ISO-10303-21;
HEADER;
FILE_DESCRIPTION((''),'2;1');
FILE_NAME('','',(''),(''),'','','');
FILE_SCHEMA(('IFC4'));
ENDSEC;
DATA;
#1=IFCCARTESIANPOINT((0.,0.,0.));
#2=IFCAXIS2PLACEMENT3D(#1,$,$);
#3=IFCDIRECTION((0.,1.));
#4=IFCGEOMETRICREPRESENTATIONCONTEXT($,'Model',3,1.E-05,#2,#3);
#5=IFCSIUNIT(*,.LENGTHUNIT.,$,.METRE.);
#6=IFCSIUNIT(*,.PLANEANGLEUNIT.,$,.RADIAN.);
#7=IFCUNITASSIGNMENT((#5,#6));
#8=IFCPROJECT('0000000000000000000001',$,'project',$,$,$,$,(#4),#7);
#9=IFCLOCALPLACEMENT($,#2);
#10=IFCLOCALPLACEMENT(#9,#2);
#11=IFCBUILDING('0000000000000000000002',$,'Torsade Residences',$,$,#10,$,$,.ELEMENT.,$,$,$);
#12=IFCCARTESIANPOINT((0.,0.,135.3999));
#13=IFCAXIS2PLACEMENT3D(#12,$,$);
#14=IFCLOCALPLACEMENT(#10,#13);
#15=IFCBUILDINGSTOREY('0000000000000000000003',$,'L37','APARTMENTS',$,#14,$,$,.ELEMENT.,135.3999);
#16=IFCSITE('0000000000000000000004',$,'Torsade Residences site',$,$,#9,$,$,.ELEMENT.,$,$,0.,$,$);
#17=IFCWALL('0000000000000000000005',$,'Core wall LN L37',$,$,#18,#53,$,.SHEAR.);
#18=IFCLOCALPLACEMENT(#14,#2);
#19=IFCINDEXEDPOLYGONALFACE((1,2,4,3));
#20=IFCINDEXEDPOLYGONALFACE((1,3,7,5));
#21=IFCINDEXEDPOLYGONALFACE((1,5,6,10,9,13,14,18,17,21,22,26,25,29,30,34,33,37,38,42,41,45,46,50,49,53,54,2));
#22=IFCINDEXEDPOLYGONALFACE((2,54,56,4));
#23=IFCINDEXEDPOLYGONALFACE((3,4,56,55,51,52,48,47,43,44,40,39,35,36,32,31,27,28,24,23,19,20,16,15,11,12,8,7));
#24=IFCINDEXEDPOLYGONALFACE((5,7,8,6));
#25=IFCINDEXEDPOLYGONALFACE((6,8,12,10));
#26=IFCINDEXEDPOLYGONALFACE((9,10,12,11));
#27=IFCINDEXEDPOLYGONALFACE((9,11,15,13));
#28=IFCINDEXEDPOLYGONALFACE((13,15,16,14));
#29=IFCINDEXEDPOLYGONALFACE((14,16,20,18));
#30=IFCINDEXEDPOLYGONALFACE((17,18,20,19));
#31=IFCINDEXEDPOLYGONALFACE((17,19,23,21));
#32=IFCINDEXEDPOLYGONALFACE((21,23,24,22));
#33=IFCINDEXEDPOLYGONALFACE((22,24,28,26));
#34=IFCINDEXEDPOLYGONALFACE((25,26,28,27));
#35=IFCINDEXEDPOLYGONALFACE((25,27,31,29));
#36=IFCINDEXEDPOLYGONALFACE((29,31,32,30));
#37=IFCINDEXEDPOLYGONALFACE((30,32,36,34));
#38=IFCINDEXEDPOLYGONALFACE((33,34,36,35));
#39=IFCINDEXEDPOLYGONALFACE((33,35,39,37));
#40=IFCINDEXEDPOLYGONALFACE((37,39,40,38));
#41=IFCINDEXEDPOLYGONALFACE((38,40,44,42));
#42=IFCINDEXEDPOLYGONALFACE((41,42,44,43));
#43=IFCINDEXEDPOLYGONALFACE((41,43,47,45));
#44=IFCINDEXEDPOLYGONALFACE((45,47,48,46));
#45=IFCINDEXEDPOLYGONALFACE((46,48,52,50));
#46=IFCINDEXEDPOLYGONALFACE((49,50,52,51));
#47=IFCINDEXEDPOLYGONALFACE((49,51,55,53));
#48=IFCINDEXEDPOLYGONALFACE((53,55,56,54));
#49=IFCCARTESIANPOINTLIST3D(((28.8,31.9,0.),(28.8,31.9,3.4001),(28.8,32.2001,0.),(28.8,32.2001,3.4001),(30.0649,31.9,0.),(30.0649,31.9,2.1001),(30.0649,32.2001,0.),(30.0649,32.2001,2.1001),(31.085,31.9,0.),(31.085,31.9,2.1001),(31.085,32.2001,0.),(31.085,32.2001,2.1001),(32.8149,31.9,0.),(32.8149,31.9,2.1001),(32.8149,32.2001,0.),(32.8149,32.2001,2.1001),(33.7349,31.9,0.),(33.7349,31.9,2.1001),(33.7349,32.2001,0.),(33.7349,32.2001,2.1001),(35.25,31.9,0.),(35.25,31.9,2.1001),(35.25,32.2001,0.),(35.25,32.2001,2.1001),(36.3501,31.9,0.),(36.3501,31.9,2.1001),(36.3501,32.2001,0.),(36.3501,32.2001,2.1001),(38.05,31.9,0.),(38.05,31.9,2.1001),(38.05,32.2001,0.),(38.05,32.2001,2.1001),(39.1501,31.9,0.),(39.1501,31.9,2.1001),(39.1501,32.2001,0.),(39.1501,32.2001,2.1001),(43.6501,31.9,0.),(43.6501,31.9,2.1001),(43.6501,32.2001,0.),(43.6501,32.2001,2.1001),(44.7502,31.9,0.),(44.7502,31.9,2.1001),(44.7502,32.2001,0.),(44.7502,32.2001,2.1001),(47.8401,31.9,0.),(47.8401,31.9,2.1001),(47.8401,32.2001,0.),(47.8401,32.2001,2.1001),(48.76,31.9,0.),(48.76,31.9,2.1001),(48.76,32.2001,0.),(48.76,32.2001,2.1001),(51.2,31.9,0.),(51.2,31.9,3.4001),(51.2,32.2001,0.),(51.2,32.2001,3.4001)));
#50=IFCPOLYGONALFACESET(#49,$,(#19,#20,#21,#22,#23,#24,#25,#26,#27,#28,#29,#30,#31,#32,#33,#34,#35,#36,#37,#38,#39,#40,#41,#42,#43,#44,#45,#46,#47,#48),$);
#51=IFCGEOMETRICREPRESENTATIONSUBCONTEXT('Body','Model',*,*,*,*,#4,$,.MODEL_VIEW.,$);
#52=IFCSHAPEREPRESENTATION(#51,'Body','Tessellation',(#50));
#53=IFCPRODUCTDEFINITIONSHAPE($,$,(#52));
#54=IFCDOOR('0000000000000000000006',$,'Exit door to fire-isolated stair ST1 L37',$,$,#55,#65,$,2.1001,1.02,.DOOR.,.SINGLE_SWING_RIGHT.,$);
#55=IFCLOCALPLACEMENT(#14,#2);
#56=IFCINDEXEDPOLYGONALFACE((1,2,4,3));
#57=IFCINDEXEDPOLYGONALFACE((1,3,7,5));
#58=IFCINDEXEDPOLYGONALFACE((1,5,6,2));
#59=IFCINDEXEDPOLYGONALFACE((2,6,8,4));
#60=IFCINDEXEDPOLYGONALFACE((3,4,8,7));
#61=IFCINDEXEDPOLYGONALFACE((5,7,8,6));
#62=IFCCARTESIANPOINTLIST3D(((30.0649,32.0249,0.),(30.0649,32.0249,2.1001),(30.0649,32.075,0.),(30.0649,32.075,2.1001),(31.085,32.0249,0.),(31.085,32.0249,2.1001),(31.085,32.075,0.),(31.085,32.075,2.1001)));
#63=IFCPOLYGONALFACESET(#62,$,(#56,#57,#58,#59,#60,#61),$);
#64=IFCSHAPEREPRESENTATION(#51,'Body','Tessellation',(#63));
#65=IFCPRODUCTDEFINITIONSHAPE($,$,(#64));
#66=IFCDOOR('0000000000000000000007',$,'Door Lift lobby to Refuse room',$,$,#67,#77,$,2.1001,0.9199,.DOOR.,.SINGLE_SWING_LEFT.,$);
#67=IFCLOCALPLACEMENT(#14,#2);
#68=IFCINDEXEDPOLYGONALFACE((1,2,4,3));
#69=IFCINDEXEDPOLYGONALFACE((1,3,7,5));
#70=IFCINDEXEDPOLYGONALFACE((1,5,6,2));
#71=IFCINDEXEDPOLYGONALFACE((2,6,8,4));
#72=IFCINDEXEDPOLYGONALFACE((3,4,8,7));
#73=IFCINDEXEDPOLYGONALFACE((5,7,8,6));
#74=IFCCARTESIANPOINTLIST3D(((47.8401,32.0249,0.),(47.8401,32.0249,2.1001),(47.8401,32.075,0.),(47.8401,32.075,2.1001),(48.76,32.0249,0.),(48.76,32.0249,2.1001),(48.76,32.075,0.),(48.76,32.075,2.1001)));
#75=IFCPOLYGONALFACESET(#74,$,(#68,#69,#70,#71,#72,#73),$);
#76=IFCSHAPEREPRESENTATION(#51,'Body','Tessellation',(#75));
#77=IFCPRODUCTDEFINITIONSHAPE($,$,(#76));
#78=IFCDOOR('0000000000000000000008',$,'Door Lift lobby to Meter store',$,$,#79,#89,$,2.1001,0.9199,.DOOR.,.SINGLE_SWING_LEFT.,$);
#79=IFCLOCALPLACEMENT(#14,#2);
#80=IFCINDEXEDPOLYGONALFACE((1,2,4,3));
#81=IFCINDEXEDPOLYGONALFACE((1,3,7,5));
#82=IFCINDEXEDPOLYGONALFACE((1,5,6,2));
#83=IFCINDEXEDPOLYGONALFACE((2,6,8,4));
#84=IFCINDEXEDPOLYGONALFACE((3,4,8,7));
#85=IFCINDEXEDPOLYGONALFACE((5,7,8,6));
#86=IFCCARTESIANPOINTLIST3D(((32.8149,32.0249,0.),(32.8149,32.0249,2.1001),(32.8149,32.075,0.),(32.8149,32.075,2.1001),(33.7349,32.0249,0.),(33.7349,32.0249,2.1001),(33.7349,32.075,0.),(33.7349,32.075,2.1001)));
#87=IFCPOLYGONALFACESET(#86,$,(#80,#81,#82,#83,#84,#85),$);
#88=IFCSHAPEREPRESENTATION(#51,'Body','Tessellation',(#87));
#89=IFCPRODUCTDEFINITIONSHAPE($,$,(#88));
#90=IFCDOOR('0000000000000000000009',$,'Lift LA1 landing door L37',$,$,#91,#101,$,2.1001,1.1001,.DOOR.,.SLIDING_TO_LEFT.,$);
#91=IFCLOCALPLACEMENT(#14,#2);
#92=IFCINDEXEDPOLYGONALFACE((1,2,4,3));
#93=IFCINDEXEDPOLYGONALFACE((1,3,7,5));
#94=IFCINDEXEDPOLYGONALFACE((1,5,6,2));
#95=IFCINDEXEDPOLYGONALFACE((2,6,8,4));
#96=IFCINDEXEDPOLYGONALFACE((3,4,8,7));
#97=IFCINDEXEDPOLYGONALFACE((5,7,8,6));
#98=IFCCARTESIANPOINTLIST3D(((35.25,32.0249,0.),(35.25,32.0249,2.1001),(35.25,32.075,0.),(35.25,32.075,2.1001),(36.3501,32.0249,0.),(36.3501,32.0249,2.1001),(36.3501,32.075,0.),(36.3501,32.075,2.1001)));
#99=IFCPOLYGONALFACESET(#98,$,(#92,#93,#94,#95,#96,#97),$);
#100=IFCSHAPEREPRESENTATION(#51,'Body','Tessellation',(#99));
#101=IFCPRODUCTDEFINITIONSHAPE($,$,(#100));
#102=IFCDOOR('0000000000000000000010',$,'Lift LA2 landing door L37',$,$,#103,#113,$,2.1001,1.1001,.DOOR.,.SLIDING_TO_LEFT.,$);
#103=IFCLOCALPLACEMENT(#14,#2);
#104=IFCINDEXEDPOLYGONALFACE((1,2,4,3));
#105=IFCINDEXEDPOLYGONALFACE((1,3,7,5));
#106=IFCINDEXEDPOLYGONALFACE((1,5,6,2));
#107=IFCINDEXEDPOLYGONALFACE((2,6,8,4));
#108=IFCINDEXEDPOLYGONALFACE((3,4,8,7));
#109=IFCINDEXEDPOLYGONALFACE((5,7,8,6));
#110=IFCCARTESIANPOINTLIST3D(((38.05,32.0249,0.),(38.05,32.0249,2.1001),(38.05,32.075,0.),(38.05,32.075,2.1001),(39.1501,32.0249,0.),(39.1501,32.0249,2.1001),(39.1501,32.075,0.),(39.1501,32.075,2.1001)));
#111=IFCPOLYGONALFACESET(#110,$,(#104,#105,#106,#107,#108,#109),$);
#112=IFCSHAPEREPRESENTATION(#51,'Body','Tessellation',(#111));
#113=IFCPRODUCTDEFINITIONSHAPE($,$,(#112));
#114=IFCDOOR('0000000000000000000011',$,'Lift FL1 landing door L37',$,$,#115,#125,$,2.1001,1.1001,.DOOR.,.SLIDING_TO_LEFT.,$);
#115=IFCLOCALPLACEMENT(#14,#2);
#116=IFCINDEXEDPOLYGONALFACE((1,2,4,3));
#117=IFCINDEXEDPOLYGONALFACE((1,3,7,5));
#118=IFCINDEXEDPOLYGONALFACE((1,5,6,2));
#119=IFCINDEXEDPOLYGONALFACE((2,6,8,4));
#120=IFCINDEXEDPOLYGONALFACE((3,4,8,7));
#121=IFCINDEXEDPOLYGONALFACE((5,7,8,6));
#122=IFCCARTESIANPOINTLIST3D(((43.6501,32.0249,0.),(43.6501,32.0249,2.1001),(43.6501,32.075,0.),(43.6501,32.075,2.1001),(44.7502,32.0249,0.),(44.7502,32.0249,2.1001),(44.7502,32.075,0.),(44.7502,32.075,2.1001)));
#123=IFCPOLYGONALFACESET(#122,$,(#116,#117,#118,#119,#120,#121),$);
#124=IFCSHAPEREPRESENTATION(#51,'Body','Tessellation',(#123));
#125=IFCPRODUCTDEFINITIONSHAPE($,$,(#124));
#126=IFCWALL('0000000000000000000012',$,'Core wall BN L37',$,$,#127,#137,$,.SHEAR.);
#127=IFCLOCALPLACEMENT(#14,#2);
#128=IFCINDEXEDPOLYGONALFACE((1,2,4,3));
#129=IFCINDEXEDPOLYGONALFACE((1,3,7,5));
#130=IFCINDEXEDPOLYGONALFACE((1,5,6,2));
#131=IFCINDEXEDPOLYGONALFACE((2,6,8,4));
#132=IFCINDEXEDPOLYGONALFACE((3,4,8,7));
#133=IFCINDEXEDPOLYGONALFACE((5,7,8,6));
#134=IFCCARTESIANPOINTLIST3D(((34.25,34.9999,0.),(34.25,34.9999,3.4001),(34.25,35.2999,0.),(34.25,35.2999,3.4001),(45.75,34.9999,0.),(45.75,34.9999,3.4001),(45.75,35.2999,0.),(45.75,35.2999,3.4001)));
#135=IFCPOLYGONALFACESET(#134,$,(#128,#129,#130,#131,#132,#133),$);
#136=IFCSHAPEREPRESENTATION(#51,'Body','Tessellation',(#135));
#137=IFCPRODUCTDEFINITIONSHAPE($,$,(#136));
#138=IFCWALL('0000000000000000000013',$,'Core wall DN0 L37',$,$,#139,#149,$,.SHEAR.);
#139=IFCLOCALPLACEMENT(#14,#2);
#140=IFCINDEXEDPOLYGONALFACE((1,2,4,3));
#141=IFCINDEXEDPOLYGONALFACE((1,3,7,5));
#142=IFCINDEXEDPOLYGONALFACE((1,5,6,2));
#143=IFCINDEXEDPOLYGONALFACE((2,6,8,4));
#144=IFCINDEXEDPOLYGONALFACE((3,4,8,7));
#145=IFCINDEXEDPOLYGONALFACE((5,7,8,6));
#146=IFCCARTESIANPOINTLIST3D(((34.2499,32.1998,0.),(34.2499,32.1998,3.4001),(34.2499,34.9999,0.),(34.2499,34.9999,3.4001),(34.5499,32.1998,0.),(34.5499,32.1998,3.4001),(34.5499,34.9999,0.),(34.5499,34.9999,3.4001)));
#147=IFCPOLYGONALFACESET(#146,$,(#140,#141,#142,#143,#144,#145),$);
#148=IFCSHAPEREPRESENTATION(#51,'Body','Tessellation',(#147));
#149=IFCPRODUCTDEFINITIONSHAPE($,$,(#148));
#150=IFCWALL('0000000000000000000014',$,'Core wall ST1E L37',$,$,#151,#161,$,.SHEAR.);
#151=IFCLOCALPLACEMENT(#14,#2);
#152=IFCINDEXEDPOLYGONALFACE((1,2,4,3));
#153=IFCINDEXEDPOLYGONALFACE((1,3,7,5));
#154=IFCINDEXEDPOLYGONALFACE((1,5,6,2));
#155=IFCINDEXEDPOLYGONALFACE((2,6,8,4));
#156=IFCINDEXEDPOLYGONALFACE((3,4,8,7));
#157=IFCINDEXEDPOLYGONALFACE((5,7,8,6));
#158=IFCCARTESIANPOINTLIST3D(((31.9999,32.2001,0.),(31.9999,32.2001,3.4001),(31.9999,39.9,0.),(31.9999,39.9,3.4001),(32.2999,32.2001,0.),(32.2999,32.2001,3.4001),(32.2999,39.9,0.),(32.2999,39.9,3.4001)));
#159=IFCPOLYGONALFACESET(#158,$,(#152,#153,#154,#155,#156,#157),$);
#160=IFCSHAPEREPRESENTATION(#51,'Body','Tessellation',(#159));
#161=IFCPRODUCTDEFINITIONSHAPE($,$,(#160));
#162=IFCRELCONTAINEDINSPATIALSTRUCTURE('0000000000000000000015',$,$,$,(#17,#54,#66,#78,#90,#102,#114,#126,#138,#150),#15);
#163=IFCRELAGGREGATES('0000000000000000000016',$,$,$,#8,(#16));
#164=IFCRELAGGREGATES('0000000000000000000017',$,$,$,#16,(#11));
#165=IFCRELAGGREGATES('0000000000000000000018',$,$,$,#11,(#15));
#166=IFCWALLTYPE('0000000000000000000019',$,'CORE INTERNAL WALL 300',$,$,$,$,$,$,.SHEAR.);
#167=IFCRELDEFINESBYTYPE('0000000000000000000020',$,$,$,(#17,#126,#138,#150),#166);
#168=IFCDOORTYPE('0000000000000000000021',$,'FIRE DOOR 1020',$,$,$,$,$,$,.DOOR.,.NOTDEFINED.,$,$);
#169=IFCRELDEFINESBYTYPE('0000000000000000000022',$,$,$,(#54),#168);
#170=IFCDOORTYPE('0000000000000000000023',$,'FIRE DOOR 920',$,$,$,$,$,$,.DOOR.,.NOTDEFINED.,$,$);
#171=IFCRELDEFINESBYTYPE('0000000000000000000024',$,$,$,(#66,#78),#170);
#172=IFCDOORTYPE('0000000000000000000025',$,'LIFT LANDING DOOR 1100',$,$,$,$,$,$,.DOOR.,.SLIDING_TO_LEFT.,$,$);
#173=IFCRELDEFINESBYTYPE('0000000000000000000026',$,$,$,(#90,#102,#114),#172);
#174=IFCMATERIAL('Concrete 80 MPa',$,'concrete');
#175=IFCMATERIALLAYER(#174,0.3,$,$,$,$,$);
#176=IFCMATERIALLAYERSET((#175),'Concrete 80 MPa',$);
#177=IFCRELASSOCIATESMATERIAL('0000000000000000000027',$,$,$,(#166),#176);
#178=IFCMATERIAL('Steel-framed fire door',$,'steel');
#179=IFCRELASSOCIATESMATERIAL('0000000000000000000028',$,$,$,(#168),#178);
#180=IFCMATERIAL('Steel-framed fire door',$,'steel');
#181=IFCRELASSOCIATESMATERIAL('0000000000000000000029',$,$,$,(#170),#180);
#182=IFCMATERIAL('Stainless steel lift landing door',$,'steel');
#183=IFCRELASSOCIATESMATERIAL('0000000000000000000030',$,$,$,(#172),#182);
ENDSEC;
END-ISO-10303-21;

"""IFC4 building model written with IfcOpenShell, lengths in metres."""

from ifc_helpers import new_model, si_unit, direction, frame, frame_2d, origin, place, context, subcontext, project, spatial, rectangle, extrude, material, layer, layer_set, type_object, element, fill, save


model = new_model("IFC4")

# Units and contexts
model_context = context("Model", 3, precision=1e-05, world=origin(), true_north=direction((0.0, 1.0)))
body_context = subcontext(model_context, "Body", "Model", "MODEL_VIEW")
ifc_project = project(units=[si_unit("LENGTHUNIT", "METRE"), si_unit("PLANEANGLEUNIT", "RADIAN")], contexts=[model_context])

# Site, building, storey
site_placement = place(None, origin())
site = spatial("IfcSite", under=ifc_project, at=site_placement, Name="Torsade Residences site", CompositionType="ELEMENT", RefElevation=0.0)
building_placement = place(site_placement, origin())
building = spatial("IfcBuilding", under=site, at=building_placement, Name="Torsade Residences", CompositionType="ELEMENT")
storey_placement = place(building_placement, frame((0.0, 0.0, 135.3999)))
storey = spatial("IfcBuildingStorey", under=building, at=storey_placement, Name="L37", Description="APARTMENTS", CompositionType="ELEMENT", Elevation=135.3999)

# Wall, openings, doors
ifc_material_1 = material(Name="Concrete 80 MPa", Category="concrete")
ifc_layer_1 = layer(ifc_material_1, 0.3)
ifc_layer_set_1 = layer_set([ifc_layer_1], Name="Concrete 80 MPa")
wall_type_1 = type_object("IfcWallType", Name="CORE INTERNAL WALL 300", PredefinedType="SHEAR", material=ifc_layer_set_1)
wall_1_placement = place(storey_placement, frame((28.8, 32.05, 0.0), z_axis=(0.0, 0.0, 1.0), x_axis=(1.0, 0.0, 0.0)))
wall_1 = element("IfcWall", 1, at=wall_1_placement, inside=storey, type_object=wall_type_1, Name="Core wall LN L37", PredefinedType="SHEAR", context=body_context, shape_type="SweptSolid", body=[
    extrude(rectangle(XDim=22.3999, YDim=0.3, at=frame_2d((11.2, 0.0))), origin(), (0.0, 0.0, 1.0), 3.4001),
])
opening_1_placement = place(wall_1_placement, frame((19.04, 0.0, 0.0)))
opening_1 = element("IfcOpeningElement", 2, at=opening_1_placement, cuts=wall_1, PredefinedType="OPENING", context=body_context, shape_type="SweptSolid", body=[
    extrude(rectangle(XDim=0.9199, YDim=2.1001, at=frame_2d((0.46, 1.05))), frame((0.0, 0.1599, 0.0), z_axis=(0.0, -1.0, 0.0), x_axis=(1.0, 0.0, 0.0)), (0.0, 0.0, 1.0), 0.3201),
])
opening_2_placement = place(wall_1_placement, frame((1.2649, 0.0, 0.0)))
opening_2 = element("IfcOpeningElement", 3, at=opening_2_placement, cuts=wall_1, PredefinedType="OPENING", context=body_context, shape_type="SweptSolid", body=[
    extrude(rectangle(XDim=1.02, YDim=2.1001, at=frame_2d((0.51, 1.05))), frame((0.0, 0.1599, 0.0), z_axis=(0.0, -1.0, 0.0), x_axis=(1.0, 0.0, 0.0)), (0.0, 0.0, 1.0), 0.3201),
])
opening_3_placement = place(wall_1_placement, frame((4.0149, 0.0, 0.0)))
opening_3 = element("IfcOpeningElement", 4, at=opening_3_placement, cuts=wall_1, PredefinedType="OPENING", context=body_context, shape_type="SweptSolid", body=[
    extrude(rectangle(XDim=0.9199, YDim=2.1001, at=frame_2d((0.46, 1.05))), frame((0.0, 0.1599, 0.0), z_axis=(0.0, -1.0, 0.0), x_axis=(1.0, 0.0, 0.0)), (0.0, 0.0, 1.0), 0.3201),
])
opening_4_placement = place(wall_1_placement, frame((6.45, 0.0, 0.0)))
opening_4 = element("IfcOpeningElement", 5, at=opening_4_placement, cuts=wall_1, PredefinedType="OPENING", context=body_context, shape_type="SweptSolid", body=[
    extrude(rectangle(XDim=1.1001, YDim=2.1001, at=frame_2d((0.55, 1.05))), frame((0.0, 0.1599, 0.0), z_axis=(0.0, -1.0, 0.0), x_axis=(1.0, 0.0, 0.0)), (0.0, 0.0, 1.0), 0.3201),
])
opening_5_placement = place(wall_1_placement, frame((9.25, 0.0, 0.0)))
opening_5 = element("IfcOpeningElement", 6, at=opening_5_placement, cuts=wall_1, PredefinedType="OPENING", context=body_context, shape_type="SweptSolid", body=[
    extrude(rectangle(XDim=1.1001, YDim=2.1001, at=frame_2d((0.55, 1.05))), frame((0.0, 0.1599, 0.0), z_axis=(0.0, -1.0, 0.0), x_axis=(1.0, 0.0, 0.0)), (0.0, 0.0, 1.0), 0.3201),
])
opening_6_placement = place(wall_1_placement, frame((14.8501, 0.0, 0.0)))
opening_6 = element("IfcOpeningElement", 7, at=opening_6_placement, cuts=wall_1, PredefinedType="OPENING", context=body_context, shape_type="SweptSolid", body=[
    extrude(rectangle(XDim=1.1001, YDim=2.1001, at=frame_2d((0.55, 1.05))), frame((0.0, 0.1599, 0.0), z_axis=(0.0, -1.0, 0.0), x_axis=(1.0, 0.0, 0.0)), (0.0, 0.0, 1.0), 0.3201),
])
ifc_material_2 = material(Name="Steel-framed fire door", Category="steel")
door_type_1 = type_object("IfcDoorType", Name="FIRE DOOR 1020", OperationType="NOTDEFINED", PredefinedType="DOOR", material=ifc_material_2)
door_1_placement = place(opening_2_placement, origin())
door_1 = element("IfcDoor", 8, at=door_1_placement, inside=storey, type_object=door_type_1, Name="Exit door to fire-isolated stair ST1 L37", OperationType="SINGLE_SWING_RIGHT", OverallHeight=2.1001, OverallWidth=1.02, PredefinedType="DOOR", context=body_context, shape_type="SweptSolid", body=[
    extrude(rectangle(XDim=1.02, YDim=2.1001, at=frame_2d((0.51, 1.05))), frame((0.0, 0.0249, 0.0), z_axis=(0.0, -1.0, 0.0), x_axis=(1.0, 0.0, 0.0)), (0.0, 0.0, 1.0), 0.05),
])
fill(opening_2, door_1)
ifc_material_3 = material(Name="Steel-framed fire door", Category="steel")
door_type_2 = type_object("IfcDoorType", Name="FIRE DOOR 920", OperationType="NOTDEFINED", PredefinedType="DOOR", material=ifc_material_3)
door_2_placement = place(opening_1_placement, origin())
door_2 = element("IfcDoor", 9, at=door_2_placement, inside=storey, type_object=door_type_2, Name="Door Lift lobby to Refuse room", OperationType="SINGLE_SWING_LEFT", OverallHeight=2.1001, OverallWidth=0.9199, PredefinedType="DOOR", context=body_context, shape_type="SweptSolid", body=[
    extrude(rectangle(XDim=0.9199, YDim=2.1001, at=frame_2d((0.46, 1.05))), frame((0.0, 0.0249, 0.0), z_axis=(0.0, -1.0, 0.0), x_axis=(1.0, 0.0, 0.0)), (0.0, 0.0, 1.0), 0.05),
])
fill(opening_1, door_2)
door_3_placement = place(opening_3_placement, origin())
door_3 = element("IfcDoor", 10, at=door_3_placement, inside=storey, type_object=door_type_2, Name="Door Lift lobby to Meter store", OperationType="SINGLE_SWING_LEFT", OverallHeight=2.1001, OverallWidth=0.9199, PredefinedType="DOOR", context=body_context, shape_type="SweptSolid", body=[
    extrude(rectangle(XDim=0.9199, YDim=2.1001, at=frame_2d((0.46, 1.05))), frame((0.0, 0.0249, 0.0), z_axis=(0.0, -1.0, 0.0), x_axis=(1.0, 0.0, 0.0)), (0.0, 0.0, 1.0), 0.05),
])
fill(opening_3, door_3)
ifc_material_4 = material(Name="Stainless steel lift landing door", Category="steel")
door_type_3 = type_object("IfcDoorType", Name="LIFT LANDING DOOR 1100", OperationType="SLIDING_TO_LEFT", PredefinedType="DOOR", material=ifc_material_4)
door_4_placement = place(opening_4_placement, origin())
door_4 = element("IfcDoor", 11, at=door_4_placement, inside=storey, type_object=door_type_3, Name="Lift LA1 landing door L37", OperationType="SLIDING_TO_LEFT", OverallHeight=2.1001, OverallWidth=1.1001, PredefinedType="DOOR", context=body_context, shape_type="SweptSolid", body=[
    extrude(rectangle(XDim=1.1001, YDim=2.1001, at=frame_2d((0.55, 1.05))), frame((0.0, 0.0249, 0.0), z_axis=(0.0, -1.0, 0.0), x_axis=(1.0, 0.0, 0.0)), (0.0, 0.0, 1.0), 0.05),
])
fill(opening_4, door_4)
door_5_placement = place(opening_5_placement, origin())
door_5 = element("IfcDoor", 12, at=door_5_placement, inside=storey, type_object=door_type_3, Name="Lift LA2 landing door L37", OperationType="SLIDING_TO_LEFT", OverallHeight=2.1001, OverallWidth=1.1001, PredefinedType="DOOR", context=body_context, shape_type="SweptSolid", body=[
    extrude(rectangle(XDim=1.1001, YDim=2.1001, at=frame_2d((0.55, 1.05))), frame((0.0, 0.0249, 0.0), z_axis=(0.0, -1.0, 0.0), x_axis=(1.0, 0.0, 0.0)), (0.0, 0.0, 1.0), 0.05),
])
fill(opening_5, door_5)
door_6_placement = place(opening_6_placement, origin())
door_6 = element("IfcDoor", 13, at=door_6_placement, inside=storey, type_object=door_type_3, Name="Lift FL1 landing door L37", OperationType="SLIDING_TO_LEFT", OverallHeight=2.1001, OverallWidth=1.1001, PredefinedType="DOOR", context=body_context, shape_type="SweptSolid", body=[
    extrude(rectangle(XDim=1.1001, YDim=2.1001, at=frame_2d((0.55, 1.05))), frame((0.0, 0.0249, 0.0), z_axis=(0.0, -1.0, 0.0), x_axis=(1.0, 0.0, 0.0)), (0.0, 0.0, 1.0), 0.05),
])
fill(opening_6, door_6)

# Walls
wall_2_placement = place(storey_placement, frame((34.25, 35.1499, 0.0), z_axis=(0.0, 0.0, 1.0), x_axis=(1.0, 0.0, 0.0)))
element("IfcWall", 14, at=wall_2_placement, inside=storey, type_object=wall_type_1, Name="Core wall BN L37", PredefinedType="SHEAR", context=body_context, shape_type="SweptSolid", body=[
    extrude(rectangle(XDim=11.5, YDim=0.3, at=frame_2d((5.75, 0.0))), origin(), (0.0, 0.0, 1.0), 3.4001),
])
wall_3_placement = place(storey_placement, frame((34.3999, 32.2, 0.0), z_axis=(0.0, 0.0, 1.0), x_axis=(0.0, 1.0, 0.0)))
element("IfcWall", 15, at=wall_3_placement, inside=storey, type_object=wall_type_1, Name="Core wall DN0 L37", PredefinedType="SHEAR", context=body_context, shape_type="SweptSolid", body=[
    extrude(rectangle(XDim=2.8, YDim=0.3, at=frame_2d((1.3999, 0.0))), origin(), (0.0, 0.0, 1.0), 3.4001),
])
wall_4_placement = place(storey_placement, frame((32.1499, 32.2, 0.0), z_axis=(0.0, 0.0, 1.0), x_axis=(0.0, 1.0, 0.0)))
element("IfcWall", 16, at=wall_4_placement, inside=storey, type_object=wall_type_1, Name="Core wall ST1E L37", PredefinedType="SHEAR", context=body_context, shape_type="SweptSolid", body=[
    extrude(rectangle(XDim=7.7, YDim=0.3, at=frame_2d((3.8501, 0.0))), origin(), (0.0, 0.0, 1.0), 3.4001),
])

save(model, "model.ifc")
